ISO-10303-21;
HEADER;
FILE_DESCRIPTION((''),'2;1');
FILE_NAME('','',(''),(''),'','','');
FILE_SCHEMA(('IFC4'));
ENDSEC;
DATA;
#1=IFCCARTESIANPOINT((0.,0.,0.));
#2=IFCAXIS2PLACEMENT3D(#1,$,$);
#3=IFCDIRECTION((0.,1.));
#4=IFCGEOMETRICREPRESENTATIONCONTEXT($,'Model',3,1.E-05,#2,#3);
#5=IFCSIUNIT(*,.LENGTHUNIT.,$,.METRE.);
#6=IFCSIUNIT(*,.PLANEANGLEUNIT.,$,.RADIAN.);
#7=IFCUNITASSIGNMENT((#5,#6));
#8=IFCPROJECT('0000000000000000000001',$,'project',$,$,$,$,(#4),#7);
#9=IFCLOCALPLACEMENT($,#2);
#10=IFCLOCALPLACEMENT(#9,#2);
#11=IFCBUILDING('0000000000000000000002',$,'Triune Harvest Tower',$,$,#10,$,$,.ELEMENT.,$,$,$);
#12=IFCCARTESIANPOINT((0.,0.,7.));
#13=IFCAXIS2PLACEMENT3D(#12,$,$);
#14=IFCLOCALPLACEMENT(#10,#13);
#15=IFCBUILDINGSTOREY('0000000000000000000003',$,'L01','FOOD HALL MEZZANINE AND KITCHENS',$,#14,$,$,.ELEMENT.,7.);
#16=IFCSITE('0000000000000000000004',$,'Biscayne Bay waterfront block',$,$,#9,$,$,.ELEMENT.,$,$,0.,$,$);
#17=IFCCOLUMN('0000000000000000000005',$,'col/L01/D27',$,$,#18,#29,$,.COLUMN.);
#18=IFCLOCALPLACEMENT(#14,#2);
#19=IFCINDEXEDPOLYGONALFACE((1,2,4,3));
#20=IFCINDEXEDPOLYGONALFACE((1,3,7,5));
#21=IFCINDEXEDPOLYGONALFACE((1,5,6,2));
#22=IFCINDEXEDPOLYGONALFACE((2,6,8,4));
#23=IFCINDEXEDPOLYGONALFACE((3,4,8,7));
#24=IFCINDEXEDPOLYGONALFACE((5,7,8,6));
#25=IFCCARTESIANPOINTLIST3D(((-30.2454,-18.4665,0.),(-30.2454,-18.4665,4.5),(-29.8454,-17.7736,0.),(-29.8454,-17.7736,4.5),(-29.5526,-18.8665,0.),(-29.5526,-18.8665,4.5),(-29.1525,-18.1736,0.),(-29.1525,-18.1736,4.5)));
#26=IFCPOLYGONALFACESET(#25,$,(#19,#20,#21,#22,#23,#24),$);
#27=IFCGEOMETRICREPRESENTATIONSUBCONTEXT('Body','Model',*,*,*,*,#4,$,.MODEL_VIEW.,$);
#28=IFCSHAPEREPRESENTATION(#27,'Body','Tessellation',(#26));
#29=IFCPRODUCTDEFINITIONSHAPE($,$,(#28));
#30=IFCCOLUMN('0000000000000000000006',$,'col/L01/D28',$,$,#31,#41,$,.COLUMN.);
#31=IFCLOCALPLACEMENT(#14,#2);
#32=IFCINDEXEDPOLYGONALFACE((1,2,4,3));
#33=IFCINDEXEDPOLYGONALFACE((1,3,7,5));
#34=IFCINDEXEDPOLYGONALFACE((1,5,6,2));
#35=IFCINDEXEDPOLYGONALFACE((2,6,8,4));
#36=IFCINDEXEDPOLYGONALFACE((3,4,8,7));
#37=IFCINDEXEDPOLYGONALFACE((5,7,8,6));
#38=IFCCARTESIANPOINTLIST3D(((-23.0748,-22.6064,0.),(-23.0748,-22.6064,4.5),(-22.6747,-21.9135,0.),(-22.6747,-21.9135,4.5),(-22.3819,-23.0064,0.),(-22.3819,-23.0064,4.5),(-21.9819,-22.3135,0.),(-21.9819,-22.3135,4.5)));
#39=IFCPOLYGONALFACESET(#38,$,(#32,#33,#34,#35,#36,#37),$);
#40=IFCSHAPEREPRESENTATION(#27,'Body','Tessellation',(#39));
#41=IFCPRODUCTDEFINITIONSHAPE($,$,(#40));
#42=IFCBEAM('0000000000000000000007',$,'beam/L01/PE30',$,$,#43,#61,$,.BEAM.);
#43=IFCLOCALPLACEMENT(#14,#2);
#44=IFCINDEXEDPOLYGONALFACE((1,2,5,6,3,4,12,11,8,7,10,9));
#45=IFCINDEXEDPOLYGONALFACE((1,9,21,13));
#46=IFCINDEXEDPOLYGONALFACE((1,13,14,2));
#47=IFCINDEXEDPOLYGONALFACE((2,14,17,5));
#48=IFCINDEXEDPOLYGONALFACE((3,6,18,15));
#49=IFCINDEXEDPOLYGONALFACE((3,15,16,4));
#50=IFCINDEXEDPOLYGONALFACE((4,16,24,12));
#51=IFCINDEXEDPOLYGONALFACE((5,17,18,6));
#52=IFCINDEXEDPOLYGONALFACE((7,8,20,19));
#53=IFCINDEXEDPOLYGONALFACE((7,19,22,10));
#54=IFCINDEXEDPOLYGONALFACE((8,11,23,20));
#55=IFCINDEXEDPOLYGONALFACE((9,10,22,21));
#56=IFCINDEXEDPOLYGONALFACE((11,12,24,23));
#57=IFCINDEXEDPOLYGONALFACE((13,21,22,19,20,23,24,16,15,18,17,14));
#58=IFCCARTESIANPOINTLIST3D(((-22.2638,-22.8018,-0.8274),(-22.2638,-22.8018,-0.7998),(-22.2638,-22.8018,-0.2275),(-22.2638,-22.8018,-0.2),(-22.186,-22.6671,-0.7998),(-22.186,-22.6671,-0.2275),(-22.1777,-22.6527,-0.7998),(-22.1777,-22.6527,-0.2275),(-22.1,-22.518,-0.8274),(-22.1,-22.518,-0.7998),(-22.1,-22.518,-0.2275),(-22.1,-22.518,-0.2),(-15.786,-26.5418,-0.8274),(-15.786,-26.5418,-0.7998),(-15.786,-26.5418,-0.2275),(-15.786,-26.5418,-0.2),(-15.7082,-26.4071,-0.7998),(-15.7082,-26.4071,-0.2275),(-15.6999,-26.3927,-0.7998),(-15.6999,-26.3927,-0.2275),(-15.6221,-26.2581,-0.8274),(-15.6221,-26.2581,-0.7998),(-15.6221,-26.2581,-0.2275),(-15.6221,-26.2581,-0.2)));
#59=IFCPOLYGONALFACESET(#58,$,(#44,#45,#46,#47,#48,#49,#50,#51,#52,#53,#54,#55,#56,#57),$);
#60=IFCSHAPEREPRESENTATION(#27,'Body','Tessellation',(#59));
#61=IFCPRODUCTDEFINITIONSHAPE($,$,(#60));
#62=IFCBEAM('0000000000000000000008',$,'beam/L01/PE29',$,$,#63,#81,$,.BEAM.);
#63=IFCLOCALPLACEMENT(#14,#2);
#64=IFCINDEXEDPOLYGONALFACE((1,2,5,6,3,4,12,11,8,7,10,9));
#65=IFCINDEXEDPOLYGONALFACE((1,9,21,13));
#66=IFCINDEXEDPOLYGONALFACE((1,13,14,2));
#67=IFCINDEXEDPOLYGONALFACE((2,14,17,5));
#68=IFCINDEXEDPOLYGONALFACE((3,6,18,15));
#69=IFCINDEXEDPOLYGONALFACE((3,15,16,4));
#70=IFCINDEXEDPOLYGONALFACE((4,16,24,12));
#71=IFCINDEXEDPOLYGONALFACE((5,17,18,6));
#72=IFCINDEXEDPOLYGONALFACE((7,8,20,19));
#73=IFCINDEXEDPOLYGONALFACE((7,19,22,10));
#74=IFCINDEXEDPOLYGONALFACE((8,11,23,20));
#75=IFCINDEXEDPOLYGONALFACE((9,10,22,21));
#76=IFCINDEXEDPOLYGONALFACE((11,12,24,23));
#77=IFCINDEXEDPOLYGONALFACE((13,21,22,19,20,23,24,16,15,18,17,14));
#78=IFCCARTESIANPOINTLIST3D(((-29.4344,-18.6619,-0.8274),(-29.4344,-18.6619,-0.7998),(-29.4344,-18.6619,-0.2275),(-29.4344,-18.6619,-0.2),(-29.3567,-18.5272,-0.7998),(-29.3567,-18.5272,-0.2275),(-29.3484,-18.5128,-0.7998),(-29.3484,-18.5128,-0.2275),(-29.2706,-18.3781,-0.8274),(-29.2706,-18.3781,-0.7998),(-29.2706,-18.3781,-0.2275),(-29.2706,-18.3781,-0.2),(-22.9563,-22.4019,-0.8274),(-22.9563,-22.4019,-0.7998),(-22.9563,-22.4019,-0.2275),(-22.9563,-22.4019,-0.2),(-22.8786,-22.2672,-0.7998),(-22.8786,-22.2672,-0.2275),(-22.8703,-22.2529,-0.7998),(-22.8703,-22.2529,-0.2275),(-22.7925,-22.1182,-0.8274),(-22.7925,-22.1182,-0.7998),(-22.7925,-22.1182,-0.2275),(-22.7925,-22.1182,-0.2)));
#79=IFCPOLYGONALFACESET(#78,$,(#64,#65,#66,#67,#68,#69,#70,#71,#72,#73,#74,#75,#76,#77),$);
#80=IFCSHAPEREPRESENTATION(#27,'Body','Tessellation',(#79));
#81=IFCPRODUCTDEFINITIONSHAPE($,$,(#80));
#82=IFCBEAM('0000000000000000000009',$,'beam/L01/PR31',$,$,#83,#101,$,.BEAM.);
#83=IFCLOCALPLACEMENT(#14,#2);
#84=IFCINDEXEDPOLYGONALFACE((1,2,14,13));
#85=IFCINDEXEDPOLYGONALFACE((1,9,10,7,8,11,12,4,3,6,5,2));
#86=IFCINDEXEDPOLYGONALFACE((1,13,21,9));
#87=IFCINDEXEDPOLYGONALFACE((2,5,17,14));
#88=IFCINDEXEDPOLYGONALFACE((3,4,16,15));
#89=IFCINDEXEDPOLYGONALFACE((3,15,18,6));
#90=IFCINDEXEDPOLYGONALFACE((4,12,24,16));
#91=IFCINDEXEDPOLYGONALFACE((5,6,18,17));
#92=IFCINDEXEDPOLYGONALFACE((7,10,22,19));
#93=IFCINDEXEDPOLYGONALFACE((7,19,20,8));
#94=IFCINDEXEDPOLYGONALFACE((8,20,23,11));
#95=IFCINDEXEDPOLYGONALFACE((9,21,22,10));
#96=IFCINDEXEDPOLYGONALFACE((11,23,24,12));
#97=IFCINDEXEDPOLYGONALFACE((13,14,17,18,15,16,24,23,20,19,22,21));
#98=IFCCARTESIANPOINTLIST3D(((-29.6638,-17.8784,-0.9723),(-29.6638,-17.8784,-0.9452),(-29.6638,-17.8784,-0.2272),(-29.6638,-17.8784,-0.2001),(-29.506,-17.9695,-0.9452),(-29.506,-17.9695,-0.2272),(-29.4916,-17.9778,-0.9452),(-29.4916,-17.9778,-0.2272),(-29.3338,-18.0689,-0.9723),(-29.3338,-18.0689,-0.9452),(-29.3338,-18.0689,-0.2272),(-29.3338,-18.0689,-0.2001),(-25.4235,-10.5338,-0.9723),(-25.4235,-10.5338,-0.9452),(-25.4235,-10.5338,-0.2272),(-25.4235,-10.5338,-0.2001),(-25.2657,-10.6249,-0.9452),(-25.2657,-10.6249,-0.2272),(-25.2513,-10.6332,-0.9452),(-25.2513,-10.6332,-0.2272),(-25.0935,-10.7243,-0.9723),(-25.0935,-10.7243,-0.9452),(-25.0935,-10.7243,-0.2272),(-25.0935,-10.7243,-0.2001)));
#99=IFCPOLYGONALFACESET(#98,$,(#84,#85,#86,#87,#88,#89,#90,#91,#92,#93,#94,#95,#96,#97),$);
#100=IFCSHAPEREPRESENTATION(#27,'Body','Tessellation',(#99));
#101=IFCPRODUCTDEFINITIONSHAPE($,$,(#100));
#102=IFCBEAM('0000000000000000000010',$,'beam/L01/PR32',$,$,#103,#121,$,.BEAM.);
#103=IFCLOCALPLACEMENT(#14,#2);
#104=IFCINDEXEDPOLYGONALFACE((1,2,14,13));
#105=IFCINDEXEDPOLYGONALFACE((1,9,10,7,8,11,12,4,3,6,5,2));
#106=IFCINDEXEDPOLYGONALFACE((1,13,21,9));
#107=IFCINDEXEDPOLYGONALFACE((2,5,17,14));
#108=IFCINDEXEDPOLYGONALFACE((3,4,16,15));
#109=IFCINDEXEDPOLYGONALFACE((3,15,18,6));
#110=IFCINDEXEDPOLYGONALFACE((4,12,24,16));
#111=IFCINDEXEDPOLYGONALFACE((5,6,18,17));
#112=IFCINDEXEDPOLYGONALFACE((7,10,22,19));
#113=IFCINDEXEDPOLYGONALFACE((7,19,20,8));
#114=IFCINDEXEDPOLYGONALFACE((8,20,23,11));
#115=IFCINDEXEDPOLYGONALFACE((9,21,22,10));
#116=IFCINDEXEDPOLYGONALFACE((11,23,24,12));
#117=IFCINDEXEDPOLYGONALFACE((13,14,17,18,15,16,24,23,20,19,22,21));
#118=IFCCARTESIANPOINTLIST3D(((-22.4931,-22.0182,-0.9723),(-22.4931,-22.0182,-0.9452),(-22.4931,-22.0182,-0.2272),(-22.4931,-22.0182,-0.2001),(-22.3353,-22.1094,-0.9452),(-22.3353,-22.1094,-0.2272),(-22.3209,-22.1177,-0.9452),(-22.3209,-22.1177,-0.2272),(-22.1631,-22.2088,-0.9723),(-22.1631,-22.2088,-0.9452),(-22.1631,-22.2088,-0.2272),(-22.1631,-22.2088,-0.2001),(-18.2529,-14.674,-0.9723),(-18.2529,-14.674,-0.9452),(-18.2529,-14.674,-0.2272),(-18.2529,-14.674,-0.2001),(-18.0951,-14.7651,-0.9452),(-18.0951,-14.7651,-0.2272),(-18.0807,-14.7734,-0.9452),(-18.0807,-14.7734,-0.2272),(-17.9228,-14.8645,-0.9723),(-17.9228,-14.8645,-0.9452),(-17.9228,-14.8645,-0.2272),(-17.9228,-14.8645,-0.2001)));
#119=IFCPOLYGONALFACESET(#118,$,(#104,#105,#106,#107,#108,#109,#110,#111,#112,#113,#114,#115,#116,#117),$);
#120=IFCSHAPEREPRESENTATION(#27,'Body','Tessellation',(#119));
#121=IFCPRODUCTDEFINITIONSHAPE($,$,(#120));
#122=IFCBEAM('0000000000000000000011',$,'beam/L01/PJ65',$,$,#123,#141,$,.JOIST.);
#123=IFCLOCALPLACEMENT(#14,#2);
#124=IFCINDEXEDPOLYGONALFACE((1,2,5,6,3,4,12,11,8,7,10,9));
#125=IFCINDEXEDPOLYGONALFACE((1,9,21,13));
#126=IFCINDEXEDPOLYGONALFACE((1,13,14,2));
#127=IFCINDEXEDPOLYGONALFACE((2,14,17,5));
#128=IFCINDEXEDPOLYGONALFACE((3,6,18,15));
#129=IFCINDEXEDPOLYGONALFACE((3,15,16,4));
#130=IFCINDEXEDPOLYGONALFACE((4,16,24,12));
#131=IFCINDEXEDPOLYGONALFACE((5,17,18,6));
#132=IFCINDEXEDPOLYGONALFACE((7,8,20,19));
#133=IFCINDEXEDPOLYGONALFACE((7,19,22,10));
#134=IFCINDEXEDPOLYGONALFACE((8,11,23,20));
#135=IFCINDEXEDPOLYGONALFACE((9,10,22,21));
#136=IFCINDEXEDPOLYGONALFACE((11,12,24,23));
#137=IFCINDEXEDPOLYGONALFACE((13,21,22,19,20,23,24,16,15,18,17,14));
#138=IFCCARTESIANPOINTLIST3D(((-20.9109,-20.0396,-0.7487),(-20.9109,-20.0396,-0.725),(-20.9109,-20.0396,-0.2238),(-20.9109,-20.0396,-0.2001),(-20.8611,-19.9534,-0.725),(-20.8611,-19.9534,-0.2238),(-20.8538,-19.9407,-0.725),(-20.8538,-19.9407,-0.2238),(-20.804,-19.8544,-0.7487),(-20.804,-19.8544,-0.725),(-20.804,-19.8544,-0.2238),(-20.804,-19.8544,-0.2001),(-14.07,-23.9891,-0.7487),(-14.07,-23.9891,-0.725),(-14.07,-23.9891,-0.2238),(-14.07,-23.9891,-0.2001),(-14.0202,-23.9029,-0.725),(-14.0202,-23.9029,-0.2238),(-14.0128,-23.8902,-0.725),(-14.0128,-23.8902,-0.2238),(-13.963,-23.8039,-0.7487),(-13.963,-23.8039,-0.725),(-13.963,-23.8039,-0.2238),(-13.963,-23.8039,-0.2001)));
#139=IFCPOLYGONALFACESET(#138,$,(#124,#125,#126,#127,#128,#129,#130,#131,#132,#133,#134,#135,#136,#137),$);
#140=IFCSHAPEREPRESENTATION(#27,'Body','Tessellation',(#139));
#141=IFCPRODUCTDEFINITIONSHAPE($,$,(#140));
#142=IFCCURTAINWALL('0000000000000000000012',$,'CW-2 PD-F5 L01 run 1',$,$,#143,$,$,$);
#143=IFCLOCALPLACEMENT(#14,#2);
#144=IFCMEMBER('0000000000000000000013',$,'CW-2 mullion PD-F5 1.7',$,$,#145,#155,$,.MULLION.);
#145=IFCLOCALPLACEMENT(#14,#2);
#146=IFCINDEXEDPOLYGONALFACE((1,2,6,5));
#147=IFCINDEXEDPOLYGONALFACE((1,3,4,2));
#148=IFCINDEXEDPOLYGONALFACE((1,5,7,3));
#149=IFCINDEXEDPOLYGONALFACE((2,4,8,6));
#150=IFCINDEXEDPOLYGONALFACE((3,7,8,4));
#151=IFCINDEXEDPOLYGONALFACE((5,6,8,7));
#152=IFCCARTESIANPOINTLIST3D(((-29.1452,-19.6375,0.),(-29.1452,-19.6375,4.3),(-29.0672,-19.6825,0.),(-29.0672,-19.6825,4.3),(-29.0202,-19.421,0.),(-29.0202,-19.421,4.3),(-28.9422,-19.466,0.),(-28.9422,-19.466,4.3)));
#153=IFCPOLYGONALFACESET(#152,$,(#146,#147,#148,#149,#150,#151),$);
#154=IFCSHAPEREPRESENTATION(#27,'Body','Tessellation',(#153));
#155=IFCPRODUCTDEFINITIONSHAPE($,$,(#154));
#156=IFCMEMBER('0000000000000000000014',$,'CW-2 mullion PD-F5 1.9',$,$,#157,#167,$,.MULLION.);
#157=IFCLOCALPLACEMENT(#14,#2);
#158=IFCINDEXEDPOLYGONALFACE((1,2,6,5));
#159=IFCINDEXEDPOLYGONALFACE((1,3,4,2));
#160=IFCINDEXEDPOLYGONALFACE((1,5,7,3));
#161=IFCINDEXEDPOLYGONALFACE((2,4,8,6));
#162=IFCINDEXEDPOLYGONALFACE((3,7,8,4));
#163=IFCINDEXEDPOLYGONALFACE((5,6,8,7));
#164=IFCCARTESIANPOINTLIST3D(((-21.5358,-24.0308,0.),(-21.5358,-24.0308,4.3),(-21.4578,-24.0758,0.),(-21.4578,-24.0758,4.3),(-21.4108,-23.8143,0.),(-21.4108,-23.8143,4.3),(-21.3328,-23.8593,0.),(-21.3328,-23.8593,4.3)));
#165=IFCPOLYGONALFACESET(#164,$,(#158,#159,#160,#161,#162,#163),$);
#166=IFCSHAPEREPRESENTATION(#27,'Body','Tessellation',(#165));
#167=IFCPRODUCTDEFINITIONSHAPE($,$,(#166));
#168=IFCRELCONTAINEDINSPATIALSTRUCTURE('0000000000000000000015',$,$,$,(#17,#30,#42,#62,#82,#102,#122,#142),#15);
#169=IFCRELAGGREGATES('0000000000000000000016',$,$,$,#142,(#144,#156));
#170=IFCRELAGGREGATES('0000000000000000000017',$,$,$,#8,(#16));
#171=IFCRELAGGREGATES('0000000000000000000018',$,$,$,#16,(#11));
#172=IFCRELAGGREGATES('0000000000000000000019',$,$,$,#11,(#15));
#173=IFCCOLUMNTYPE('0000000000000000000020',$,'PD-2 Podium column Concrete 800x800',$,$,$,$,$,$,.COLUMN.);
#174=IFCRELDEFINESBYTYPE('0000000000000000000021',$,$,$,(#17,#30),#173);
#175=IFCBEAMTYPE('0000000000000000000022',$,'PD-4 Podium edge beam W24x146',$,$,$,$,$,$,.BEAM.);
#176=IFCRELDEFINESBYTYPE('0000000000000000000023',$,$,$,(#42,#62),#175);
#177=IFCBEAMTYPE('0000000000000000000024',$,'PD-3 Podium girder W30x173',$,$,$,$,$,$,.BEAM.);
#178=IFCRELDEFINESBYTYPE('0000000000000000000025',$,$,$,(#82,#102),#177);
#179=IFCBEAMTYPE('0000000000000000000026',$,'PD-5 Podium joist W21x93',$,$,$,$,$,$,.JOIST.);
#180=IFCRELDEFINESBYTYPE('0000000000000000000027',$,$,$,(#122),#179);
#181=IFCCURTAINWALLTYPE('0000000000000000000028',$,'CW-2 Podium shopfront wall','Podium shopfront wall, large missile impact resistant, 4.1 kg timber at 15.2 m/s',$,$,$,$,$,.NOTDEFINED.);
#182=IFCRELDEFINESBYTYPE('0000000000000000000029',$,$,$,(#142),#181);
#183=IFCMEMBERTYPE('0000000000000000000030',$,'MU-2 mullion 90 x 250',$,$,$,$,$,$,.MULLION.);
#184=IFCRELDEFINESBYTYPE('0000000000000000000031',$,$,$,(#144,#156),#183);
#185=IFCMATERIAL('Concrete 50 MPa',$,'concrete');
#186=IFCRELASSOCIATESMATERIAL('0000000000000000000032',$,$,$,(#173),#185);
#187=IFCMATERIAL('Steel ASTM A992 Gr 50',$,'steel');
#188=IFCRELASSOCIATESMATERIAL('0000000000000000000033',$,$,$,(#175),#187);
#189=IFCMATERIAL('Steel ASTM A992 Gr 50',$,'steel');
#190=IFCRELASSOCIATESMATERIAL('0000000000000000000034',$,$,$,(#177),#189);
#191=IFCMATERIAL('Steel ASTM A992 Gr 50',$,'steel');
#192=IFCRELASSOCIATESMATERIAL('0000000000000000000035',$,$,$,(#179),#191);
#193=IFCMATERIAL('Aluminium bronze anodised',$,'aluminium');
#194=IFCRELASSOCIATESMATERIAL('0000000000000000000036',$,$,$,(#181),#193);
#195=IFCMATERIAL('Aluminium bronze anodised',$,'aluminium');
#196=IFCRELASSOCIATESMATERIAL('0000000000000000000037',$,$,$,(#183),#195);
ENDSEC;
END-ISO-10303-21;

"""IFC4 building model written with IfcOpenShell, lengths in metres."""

from ifc_helpers import new_model, si_unit, direction, frame, origin, origin_2d, place, context, subcontext, project, spatial, rectangle, i_section, extrude, source, transform, mapped, material, material_profile, profile_set, type_object, element, aggregate, save


model = new_model("IFC4")

# Units and contexts
model_context = context("Model", 3, precision=1e-05, world=origin(), true_north=direction((0.0, 1.0)))
body_context = subcontext(model_context, "Body", "Model", "MODEL_VIEW")
ifc_project = project(units=[si_unit("LENGTHUNIT", "METRE"), si_unit("PLANEANGLEUNIT", "RADIAN")], contexts=[model_context])

# Site, building, storey
site_placement = place(None, origin())
site = spatial("IfcSite", under=ifc_project, at=site_placement, Name="Biscayne Bay waterfront block", CompositionType="ELEMENT", RefElevation=0.0)
building_placement = place(site_placement, origin())
building = spatial("IfcBuilding", under=site, at=building_placement, Name="Triune Harvest Tower", CompositionType="ELEMENT")
storey_placement = place(building_placement, frame((0.0, 0.0, 7.0)))
storey = spatial("IfcBuildingStorey", under=building, at=storey_placement, Name="L01", Description="FOOD HALL MEZZANINE AND KITCHENS", CompositionType="ELEMENT", Elevation=7.0)

# Columns
ifc_material_1 = material(Name="Concrete 50 MPa", Category="concrete")
ifc_material_profile_1 = material_profile(ifc_material_1, rectangle(XDim=0.8, YDim=0.8, at=origin_2d()), Name="Concrete 800x800")
ifc_profile_set_1 = profile_set([ifc_material_profile_1], Name="Concrete 50 MPa")
column_type = type_object("IfcColumnType", Name="PD-2 Podium column Concrete 800x800", PredefinedType="COLUMN", material=ifc_profile_set_1)
shared_shape_1 = source(origin(), body_context, "Body", "SweptSolid", [
    extrude(rectangle(XDim=0.8, YDim=0.8, at=origin_2d()), origin(), (0.0, 0.0, 1.0), 4.5),
])
for number, where, z_axis, x_axis, name in (
    (1, (-29.699, -18.3201, 0.0), (0.0, 0.0, 1.0), (0.866025, -0.5, 0.0), "col/L01/D27"),
    (2, (-22.5283, -22.46, 0.0), (0.0, 0.0, 1.0), (0.866025, -0.5, 0.0), "col/L01/D28"),
):
    element("IfcColumn", number, at=place(storey_placement, frame(where, z_axis=z_axis, x_axis=x_axis)), inside=storey, type_object=column_type, Name=name, PredefinedType="COLUMN", context=body_context, shape_type="MappedRepresentation", body=[
        mapped(shared_shape_1, transform((0.0, 0.0, 0.0), scale=1.0)),
    ])

# Beams
ifc_material_2 = material(Name="Steel ASTM A992 Gr 50", Category="steel")
ifc_material_profile_2 = material_profile(ifc_material_2, i_section(OverallWidth=0.3276, OverallDepth=0.6274, WebThickness=0.0166, FlangeThickness=0.0276, at=origin_2d()), Name="W24x146")
ifc_profile_set_2 = profile_set([ifc_material_profile_2], Name="Steel ASTM A992 Gr 50")
beam_type_1 = type_object("IfcBeamType", Name="PD-4 Podium edge beam W24x146", PredefinedType="BEAM", material=ifc_profile_set_2)
shared_shape_2 = source(origin(), body_context, "Body", "SweptSolid", [
    extrude(i_section(OverallWidth=0.3276, OverallDepth=0.6274, WebThickness=0.0166, FlangeThickness=0.0276, at=origin_2d()), origin(), (0.0, 0.0, 1.0), 7.48),
])
beam_1_placement = place(storey_placement, frame((-22.1819, -22.6599, -0.5137), z_axis=(0.866023, -0.500004, 0.0), x_axis=(0.500004, 0.866023, 0.0)))
element("IfcBeam", 3, at=beam_1_placement, inside=storey, type_object=beam_type_1, Name="beam/L01/PE30", PredefinedType="BEAM", context=body_context, shape_type="MappedRepresentation", body=[
    mapped(shared_shape_2, transform((0.0, 0.0, 0.0), scale=1.0)),
])
shared_shape_3 = source(origin(), body_context, "Body", "SweptSolid", [
    extrude(i_section(OverallWidth=0.3276, OverallDepth=0.6274, WebThickness=0.0166, FlangeThickness=0.0276, at=origin_2d()), origin(), (0.0, 0.0, 1.0), 7.4802),
])
beam_2_placement = place(storey_placement, frame((-29.3525, -18.52, -0.5137), z_axis=(0.866031, -0.49999, 0.0), x_axis=(0.49999, 0.866031, 0.0)))
element("IfcBeam", 4, at=beam_2_placement, inside=storey, type_object=beam_type_1, Name="beam/L01/PE29", PredefinedType="BEAM", context=body_context, shape_type="MappedRepresentation", body=[
    mapped(shared_shape_3, transform((0.0, 0.0, 0.0), scale=1.0)),
])
ifc_material_3 = material(Name="Steel ASTM A992 Gr 50", Category="steel")
ifc_material_profile_3 = material_profile(ifc_material_3, i_section(OverallWidth=0.3811, OverallDepth=0.7722, WebThickness=0.0166, FlangeThickness=0.0271, at=origin_2d()), Name="W30x173")
ifc_profile_set_3 = profile_set([ifc_material_profile_3], Name="Steel ASTM A992 Gr 50")
beam_type_2 = type_object("IfcBeamType", Name="PD-3 Podium girder W30x173", PredefinedType="BEAM", material=ifc_profile_set_3)
shared_shape_4 = source(origin(), body_context, "Body", "SweptSolid", [
    extrude(i_section(OverallWidth=0.3811, OverallDepth=0.7722, WebThickness=0.0166, FlangeThickness=0.0271, at=origin_2d()), origin(), (0.0, 0.0, 1.0), 8.4807),
])
beam_3_placement = place(storey_placement, frame((-29.4988, -17.9736, -0.5862), z_axis=(0.499991, 0.866031, 0.0), x_axis=(-0.866031, 0.499991, 0.0)))
element("IfcBeam", 5, at=beam_3_placement, inside=storey, type_object=beam_type_2, Name="beam/L01/PR31", PredefinedType="BEAM", context=body_context, shape_type="MappedRepresentation", body=[
    mapped(shared_shape_4, transform((0.0, 0.0, 0.0), scale=1.0)),
])
shared_shape_5 = source(origin(), body_context, "Body", "SweptSolid", [
    extrude(i_section(OverallWidth=0.3811, OverallDepth=0.7722, WebThickness=0.0166, FlangeThickness=0.0271, at=origin_2d()), origin(), (0.0, 0.0, 1.0), 8.4805),
])
beam_4_placement = place(storey_placement, frame((-22.3281, -22.1135, -0.5862), z_axis=(0.500003, 0.866024, 0.0), x_axis=(-0.866024, 0.500003, 0.0)))
element("IfcBeam", 6, at=beam_4_placement, inside=storey, type_object=beam_type_2, Name="beam/L01/PR32", PredefinedType="BEAM", context=body_context, shape_type="MappedRepresentation", body=[
    mapped(shared_shape_5, transform((0.0, 0.0, 0.0), scale=1.0)),
])
ifc_material_4 = material(Name="Steel ASTM A992 Gr 50", Category="steel")
ifc_material_profile_4 = material_profile(ifc_material_4, i_section(OverallWidth=0.2139, OverallDepth=0.5486, WebThickness=0.0146, FlangeThickness=0.0237, at=origin_2d()), Name="W21x93")
ifc_profile_set_4 = profile_set([ifc_material_profile_4], Name="Steel ASTM A992 Gr 50")
beam_type_3 = type_object("IfcBeamType", Name="PD-5 Podium joist W21x93", PredefinedType="JOIST", material=ifc_profile_set_4)
shared_shape_6 = source(origin(), body_context, "Body", "SweptSolid", [
    extrude(i_section(OverallWidth=0.2139, OverallDepth=0.5486, WebThickness=0.0146, FlangeThickness=0.0237, at=origin_2d()), origin(), (0.0, 0.0, 1.0), 7.8992),
])
beam_5_placement = place(storey_placement, frame((-20.8574, -19.947, -0.4744), z_axis=(0.86603, -0.499992, 0.0), x_axis=(0.499992, 0.86603, 0.0)))
element("IfcBeam", 7, at=beam_5_placement, inside=storey, type_object=beam_type_3, Name="beam/L01/PJ65", PredefinedType="JOIST", context=body_context, shape_type="MappedRepresentation", body=[
    mapped(shared_shape_6, transform((0.0, 0.0, 0.0), scale=1.0)),
])

# Curtain wall, members
ifc_material_5 = material(Name="Aluminium bronze anodised", Category="aluminium")
curtain_wall_type = type_object("IfcCurtainWallType", Name="CW-2 Podium shopfront wall", Description="Podium shopfront wall, large missile impact resistant, 4.1 kg timber at 15.2 m/s", PredefinedType="NOTDEFINED", material=ifc_material_5)
curtain_wall_placement = place(storey_placement, origin())
curtain_wall = element("IfcCurtainWall", 8, at=curtain_wall_placement, inside=storey, type_object=curtain_wall_type, Name="CW-2 PD-F5 L01 run 1")
ifc_material_6 = material(Name="Aluminium bronze anodised", Category="aluminium")
ifc_material_profile_5 = material_profile(ifc_material_6, rectangle(XDim=0.25, YDim=0.0901, at=origin_2d()), Name="MU-2 mullion 90 x 250")
ifc_profile_set_5 = profile_set([ifc_material_profile_5], Name="Aluminium bronze anodised")
member_type_1 = type_object("IfcMemberType", Name="MU-2 mullion 90 x 250", PredefinedType="MULLION", material=ifc_profile_set_5)
shared_shape_7 = source(origin(), body_context, "Body", "SweptSolid", [
    extrude(rectangle(XDim=0.25, YDim=0.0901, at=origin_2d()), origin(), (0.0, 0.0, 1.0), 4.3),
])
member_1_placement = place(storey_placement, frame((-29.0437, -19.5518, 0.0), z_axis=(0.0, 0.0, 1.0), x_axis=(0.5, 0.866025, 0.0)))
member_1 = element("IfcMember", 9, at=member_1_placement, type_object=member_type_1, Name="CW-2 mullion PD-F5 1.7", PredefinedType="MULLION", context=body_context, shape_type="MappedRepresentation", body=[
    mapped(shared_shape_7, transform((0.0, 0.0, 0.0), scale=1.0)),
])
member_2_placement = place(storey_placement, frame((-21.4343, -23.9451, 0.0), z_axis=(0.0, 0.0, 1.0), x_axis=(0.5, 0.866025, 0.0)))
member_2 = element("IfcMember", 10, at=member_2_placement, type_object=member_type_1, Name="CW-2 mullion PD-F5 1.9", PredefinedType="MULLION", context=body_context, shape_type="MappedRepresentation", body=[
    mapped(shared_shape_7, transform((0.0, 0.0, 0.0), scale=1.0)),
])
aggregate(curtain_wall, [member_1, member_2])

save(model, "model.ifc")
